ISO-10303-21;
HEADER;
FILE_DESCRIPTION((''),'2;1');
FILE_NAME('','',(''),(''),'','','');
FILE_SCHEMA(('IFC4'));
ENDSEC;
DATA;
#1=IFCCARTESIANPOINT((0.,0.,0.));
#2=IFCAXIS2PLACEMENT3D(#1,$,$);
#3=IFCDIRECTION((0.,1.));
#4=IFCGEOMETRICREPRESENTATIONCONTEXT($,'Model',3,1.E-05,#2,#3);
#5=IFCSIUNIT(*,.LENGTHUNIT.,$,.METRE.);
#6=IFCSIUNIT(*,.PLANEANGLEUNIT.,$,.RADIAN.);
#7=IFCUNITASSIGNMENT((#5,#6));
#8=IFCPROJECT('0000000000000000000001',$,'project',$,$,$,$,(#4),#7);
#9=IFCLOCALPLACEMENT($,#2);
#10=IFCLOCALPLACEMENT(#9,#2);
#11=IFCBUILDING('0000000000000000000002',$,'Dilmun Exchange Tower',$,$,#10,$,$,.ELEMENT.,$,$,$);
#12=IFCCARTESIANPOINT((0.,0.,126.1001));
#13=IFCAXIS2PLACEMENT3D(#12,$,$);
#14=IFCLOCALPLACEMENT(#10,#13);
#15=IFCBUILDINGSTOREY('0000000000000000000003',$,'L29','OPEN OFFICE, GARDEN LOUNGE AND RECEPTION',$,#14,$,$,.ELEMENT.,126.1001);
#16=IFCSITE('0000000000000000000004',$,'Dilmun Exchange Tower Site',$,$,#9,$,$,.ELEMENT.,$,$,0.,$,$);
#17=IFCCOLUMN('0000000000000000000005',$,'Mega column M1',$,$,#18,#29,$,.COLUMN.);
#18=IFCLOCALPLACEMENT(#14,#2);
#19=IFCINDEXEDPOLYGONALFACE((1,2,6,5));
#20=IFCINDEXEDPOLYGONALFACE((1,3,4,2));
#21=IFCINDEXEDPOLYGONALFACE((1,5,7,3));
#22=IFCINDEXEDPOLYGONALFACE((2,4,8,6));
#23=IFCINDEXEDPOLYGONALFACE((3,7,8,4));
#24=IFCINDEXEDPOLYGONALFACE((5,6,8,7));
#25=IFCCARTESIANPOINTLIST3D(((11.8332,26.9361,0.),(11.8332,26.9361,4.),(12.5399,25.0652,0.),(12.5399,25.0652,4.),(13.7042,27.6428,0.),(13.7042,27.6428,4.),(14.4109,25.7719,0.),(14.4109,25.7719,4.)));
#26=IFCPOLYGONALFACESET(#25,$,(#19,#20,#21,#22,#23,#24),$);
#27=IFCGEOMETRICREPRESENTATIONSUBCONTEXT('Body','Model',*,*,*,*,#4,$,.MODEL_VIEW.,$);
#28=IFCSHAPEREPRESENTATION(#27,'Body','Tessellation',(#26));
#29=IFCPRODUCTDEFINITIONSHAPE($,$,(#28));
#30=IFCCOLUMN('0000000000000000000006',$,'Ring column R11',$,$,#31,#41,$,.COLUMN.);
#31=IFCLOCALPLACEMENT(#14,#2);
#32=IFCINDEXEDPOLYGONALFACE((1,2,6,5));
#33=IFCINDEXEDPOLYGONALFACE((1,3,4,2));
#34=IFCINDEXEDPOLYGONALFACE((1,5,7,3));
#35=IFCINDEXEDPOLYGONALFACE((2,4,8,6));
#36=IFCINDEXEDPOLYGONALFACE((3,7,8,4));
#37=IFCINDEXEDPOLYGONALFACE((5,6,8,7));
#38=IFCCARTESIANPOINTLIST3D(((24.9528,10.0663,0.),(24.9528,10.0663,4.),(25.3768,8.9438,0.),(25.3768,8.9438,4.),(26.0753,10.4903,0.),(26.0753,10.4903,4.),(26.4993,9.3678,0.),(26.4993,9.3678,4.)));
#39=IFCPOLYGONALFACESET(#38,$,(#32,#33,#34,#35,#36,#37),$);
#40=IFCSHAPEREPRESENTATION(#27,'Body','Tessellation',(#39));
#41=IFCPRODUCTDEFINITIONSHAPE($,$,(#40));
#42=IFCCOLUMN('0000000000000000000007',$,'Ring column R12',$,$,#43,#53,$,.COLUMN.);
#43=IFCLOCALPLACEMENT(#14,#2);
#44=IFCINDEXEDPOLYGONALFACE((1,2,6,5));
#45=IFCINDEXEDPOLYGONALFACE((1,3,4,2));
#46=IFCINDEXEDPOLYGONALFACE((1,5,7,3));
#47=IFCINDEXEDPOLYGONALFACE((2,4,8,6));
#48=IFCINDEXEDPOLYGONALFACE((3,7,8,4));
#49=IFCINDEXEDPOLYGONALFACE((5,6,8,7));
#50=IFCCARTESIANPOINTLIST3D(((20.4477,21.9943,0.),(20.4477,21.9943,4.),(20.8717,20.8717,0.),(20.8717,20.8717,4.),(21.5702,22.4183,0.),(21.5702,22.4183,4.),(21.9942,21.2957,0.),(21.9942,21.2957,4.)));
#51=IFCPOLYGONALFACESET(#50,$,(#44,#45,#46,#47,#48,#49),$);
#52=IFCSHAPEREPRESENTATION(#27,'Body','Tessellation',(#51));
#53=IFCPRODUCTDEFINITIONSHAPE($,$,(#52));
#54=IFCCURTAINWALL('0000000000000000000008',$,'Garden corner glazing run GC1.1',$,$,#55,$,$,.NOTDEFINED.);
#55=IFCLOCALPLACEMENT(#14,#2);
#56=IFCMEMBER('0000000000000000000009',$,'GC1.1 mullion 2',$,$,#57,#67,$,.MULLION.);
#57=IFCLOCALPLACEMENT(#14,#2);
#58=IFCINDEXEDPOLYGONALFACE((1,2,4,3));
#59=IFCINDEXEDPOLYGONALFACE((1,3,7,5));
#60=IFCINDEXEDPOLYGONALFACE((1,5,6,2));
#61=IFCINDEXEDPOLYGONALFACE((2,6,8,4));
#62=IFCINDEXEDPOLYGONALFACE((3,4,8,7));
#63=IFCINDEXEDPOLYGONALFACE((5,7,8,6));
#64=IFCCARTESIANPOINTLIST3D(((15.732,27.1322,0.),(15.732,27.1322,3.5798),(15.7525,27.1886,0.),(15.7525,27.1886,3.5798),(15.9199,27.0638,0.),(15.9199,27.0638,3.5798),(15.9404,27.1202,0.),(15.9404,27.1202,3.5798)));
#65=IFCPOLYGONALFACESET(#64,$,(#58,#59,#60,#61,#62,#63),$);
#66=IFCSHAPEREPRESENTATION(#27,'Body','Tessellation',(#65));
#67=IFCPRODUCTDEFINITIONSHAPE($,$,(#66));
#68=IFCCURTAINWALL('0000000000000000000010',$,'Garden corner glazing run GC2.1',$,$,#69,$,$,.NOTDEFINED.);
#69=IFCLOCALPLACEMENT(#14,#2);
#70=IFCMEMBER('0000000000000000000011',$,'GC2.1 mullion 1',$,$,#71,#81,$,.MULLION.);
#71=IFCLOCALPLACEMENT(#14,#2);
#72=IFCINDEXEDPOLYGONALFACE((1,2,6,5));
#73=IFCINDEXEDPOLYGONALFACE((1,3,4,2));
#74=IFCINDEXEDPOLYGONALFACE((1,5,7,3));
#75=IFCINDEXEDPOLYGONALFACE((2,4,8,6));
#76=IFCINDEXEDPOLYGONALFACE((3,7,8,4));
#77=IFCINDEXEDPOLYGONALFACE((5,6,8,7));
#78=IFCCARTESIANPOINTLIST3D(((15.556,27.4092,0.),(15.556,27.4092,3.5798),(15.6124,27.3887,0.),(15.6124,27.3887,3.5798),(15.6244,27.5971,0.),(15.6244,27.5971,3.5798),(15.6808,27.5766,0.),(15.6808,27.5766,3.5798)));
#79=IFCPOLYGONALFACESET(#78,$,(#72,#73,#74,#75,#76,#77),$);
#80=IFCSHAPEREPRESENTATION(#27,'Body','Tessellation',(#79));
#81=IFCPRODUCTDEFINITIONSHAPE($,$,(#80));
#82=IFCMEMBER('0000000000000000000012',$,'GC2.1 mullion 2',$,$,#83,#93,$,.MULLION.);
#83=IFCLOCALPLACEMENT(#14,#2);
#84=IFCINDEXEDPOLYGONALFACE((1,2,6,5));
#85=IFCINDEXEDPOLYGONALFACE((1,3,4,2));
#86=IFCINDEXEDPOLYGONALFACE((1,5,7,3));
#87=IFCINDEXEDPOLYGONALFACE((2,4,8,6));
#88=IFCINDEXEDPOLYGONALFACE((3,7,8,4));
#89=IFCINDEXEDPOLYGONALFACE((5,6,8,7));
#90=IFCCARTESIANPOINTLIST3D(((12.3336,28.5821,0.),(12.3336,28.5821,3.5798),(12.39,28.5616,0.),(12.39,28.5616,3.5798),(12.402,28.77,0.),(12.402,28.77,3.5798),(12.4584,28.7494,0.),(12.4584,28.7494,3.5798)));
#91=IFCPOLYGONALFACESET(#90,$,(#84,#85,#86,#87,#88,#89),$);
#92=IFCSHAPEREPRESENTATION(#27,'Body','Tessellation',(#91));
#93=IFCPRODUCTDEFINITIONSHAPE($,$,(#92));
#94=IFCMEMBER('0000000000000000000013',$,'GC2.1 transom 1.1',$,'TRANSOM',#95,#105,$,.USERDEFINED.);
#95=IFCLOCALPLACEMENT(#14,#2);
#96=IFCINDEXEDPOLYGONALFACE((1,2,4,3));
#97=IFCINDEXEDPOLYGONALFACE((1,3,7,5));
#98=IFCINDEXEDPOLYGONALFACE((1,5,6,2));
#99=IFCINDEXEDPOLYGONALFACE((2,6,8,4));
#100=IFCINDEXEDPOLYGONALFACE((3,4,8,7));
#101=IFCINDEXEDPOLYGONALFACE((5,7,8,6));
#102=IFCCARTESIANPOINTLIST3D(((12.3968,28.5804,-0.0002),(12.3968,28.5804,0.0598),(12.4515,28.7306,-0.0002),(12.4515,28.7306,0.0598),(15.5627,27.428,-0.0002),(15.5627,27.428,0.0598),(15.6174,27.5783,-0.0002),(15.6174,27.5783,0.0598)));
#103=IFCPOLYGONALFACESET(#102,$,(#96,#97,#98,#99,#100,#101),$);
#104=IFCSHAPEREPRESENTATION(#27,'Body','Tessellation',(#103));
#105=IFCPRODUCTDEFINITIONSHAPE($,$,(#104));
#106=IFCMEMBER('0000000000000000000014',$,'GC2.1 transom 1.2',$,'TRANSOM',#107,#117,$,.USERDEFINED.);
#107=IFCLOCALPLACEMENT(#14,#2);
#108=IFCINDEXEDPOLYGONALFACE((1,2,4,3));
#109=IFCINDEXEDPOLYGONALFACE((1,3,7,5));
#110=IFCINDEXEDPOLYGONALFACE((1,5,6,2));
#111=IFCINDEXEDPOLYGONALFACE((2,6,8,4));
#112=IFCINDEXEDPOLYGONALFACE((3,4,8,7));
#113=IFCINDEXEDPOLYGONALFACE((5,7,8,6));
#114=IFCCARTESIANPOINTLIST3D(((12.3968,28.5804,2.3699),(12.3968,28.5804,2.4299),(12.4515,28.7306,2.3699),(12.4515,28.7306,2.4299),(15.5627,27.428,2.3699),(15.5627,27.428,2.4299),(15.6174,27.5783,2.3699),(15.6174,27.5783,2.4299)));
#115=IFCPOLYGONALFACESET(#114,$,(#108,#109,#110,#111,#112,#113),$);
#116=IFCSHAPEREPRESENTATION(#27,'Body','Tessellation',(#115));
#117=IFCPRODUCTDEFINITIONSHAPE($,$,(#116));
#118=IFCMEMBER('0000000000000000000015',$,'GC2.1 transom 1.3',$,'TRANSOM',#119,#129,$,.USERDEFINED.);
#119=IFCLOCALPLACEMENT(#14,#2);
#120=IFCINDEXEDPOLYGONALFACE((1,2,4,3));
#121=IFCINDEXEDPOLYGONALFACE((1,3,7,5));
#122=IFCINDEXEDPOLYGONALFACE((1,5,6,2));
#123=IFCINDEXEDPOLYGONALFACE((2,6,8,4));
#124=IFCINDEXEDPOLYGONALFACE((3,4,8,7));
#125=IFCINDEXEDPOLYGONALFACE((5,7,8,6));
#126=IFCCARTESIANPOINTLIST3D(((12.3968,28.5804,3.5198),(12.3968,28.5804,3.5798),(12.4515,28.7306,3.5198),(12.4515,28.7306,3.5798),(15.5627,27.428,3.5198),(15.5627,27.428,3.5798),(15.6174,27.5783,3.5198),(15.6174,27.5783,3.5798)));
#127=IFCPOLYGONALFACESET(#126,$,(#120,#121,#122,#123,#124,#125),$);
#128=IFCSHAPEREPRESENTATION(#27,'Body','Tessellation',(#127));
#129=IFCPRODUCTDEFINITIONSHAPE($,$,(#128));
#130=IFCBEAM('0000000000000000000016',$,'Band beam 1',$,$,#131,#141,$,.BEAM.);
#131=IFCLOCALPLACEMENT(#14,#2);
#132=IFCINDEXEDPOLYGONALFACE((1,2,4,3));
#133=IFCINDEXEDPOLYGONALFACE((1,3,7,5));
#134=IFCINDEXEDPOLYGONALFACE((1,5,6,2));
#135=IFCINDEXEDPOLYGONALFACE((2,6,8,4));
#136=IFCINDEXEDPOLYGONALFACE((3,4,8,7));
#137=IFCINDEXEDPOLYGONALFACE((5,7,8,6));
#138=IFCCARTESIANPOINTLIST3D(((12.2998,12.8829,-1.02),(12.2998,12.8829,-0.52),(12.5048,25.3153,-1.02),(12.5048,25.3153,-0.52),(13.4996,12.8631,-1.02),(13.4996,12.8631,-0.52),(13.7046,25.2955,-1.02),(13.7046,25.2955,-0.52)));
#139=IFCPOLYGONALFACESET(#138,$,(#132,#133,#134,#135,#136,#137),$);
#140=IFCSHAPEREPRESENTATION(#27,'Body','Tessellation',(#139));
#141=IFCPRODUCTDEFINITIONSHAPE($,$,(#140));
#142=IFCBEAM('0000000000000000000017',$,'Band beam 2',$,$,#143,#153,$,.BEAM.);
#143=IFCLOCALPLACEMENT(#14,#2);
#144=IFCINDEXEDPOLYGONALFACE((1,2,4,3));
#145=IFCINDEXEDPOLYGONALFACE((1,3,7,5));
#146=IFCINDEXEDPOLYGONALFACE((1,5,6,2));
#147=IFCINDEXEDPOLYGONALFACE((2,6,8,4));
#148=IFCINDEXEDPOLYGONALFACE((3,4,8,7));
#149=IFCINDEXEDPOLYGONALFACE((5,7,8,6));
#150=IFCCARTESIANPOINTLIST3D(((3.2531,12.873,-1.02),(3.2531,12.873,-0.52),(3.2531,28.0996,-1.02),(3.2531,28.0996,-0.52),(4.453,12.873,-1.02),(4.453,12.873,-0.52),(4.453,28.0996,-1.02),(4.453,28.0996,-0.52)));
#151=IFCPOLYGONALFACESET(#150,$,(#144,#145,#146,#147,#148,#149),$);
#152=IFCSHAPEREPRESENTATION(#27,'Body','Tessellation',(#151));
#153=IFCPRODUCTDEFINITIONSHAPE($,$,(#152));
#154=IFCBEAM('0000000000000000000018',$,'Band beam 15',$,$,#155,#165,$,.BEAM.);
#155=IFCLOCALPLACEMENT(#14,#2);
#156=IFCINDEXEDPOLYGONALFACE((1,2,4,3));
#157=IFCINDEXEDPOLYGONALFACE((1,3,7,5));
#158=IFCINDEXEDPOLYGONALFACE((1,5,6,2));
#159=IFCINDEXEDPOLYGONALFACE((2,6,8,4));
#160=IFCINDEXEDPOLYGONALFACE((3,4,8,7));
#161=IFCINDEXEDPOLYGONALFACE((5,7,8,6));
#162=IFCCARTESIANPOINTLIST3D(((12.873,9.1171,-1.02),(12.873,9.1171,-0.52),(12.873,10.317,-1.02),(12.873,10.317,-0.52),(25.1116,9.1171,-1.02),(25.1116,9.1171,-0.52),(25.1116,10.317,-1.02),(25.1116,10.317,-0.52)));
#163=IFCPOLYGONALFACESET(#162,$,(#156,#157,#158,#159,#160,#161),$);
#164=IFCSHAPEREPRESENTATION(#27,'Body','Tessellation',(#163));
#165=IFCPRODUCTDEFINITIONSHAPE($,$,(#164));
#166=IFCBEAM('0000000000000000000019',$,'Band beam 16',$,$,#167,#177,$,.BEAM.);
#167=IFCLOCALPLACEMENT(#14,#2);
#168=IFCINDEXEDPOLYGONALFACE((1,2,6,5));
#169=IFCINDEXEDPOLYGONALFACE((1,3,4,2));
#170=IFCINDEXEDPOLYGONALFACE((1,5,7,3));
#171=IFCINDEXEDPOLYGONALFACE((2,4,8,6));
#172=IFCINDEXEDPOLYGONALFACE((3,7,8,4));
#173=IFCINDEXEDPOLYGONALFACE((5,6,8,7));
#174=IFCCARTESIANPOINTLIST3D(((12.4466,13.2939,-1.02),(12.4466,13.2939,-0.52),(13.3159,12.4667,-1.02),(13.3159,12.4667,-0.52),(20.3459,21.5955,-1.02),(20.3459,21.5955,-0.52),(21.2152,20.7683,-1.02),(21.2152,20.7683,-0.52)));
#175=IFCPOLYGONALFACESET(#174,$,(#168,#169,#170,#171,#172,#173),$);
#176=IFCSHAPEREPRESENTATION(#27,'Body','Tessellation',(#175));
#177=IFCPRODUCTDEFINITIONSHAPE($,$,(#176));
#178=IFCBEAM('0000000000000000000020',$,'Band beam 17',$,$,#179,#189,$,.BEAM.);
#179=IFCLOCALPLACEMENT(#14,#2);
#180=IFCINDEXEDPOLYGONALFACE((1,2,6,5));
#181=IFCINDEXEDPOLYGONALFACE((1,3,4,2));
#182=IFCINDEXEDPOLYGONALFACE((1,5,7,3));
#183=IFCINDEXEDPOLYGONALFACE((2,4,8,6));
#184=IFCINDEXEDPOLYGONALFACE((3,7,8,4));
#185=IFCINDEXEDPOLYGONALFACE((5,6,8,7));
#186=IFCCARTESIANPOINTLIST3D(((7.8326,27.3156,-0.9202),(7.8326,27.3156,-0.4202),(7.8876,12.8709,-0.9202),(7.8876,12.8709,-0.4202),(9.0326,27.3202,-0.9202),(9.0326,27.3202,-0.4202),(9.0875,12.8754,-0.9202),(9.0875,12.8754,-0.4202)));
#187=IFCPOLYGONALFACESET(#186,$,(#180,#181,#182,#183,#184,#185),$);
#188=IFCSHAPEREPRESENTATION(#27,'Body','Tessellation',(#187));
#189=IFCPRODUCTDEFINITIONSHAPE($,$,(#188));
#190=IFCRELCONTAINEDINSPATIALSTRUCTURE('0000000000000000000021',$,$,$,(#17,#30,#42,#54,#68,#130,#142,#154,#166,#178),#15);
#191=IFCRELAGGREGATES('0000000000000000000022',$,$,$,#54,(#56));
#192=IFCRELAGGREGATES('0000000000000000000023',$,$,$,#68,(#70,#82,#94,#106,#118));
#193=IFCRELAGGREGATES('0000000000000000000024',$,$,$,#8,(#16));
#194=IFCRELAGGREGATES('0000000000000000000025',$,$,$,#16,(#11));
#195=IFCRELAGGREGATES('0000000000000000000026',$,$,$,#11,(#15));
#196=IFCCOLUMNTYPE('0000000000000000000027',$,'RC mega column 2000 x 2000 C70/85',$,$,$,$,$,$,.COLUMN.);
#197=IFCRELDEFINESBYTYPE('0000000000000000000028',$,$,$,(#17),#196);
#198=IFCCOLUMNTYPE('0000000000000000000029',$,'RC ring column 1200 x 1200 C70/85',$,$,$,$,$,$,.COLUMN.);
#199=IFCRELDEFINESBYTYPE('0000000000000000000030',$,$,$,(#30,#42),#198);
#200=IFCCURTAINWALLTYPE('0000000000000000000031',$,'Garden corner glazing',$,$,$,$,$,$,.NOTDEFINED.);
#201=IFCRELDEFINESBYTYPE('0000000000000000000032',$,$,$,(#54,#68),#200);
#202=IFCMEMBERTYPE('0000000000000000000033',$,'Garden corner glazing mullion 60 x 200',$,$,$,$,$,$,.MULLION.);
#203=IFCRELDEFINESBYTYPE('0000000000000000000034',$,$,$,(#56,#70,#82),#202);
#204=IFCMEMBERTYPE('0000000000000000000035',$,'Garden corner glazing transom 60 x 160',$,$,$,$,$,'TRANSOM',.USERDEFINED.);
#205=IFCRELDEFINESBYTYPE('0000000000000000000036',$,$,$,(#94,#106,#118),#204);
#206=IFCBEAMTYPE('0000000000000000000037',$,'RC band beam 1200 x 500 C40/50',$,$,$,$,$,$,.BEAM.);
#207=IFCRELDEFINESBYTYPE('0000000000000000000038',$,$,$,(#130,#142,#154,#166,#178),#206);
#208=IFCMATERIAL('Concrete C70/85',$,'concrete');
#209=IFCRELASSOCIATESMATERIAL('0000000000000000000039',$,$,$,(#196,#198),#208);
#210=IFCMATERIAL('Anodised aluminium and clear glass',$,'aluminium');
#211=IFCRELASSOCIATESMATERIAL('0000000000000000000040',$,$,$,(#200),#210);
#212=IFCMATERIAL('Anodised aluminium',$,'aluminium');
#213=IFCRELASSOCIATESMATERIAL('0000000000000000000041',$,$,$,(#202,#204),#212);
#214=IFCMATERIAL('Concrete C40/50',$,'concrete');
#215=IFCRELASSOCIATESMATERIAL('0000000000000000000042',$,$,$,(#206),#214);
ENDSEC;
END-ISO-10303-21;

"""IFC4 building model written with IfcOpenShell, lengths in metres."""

from ifc_helpers import new_model, si_unit, direction, frame, origin, origin_2d, place, context, subcontext, project, spatial, rectangle, extrude, material, material_profile, profile_set, type_object, element, aggregate, save


model = new_model("IFC4")

# Units and contexts
model_context = context("Model", 3, precision=1e-05, world=origin(), true_north=direction((0.0, 1.0)))
body_context = subcontext(model_context, "Body", "Model", "MODEL_VIEW")
ifc_project = project(units=[si_unit("LENGTHUNIT", "METRE"), si_unit("PLANEANGLEUNIT", "RADIAN")], contexts=[model_context])

# Site, building, storey
site_placement = place(None, origin())
site = spatial("IfcSite", under=ifc_project, at=site_placement, Name="Dilmun Exchange Tower Site", CompositionType="ELEMENT", RefElevation=0.0)
building_placement = place(site_placement, origin())
building = spatial("IfcBuilding", under=site, at=building_placement, Name="Dilmun Exchange Tower", CompositionType="ELEMENT")
storey_placement = place(building_placement, frame((0.0, 0.0, 126.1001)))
storey = spatial("IfcBuildingStorey", under=building, at=storey_placement, Name="L29", Description="OPEN OFFICE, GARDEN LOUNGE AND RECEPTION", CompositionType="ELEMENT", Elevation=126.1001)

# Columns
ifc_material_1 = material(Name="Concrete C70/85", Category="concrete")
ifc_material_profile_1 = material_profile(ifc_material_1, rectangle(XDim=2.0, YDim=2.0, at=origin_2d()), Name="2000 x 2000")
ifc_profile_set_1 = profile_set([ifc_material_profile_1], Name="Concrete C70/85")
column_type_1 = type_object("IfcColumnType", Name="RC mega column 2000 x 2000 C70/85", PredefinedType="COLUMN", material=ifc_profile_set_1)
column_placement = place(storey_placement, frame((13.1221, 26.354, 0.0), z_axis=(0.0, 0.0, 1.0), x_axis=(0.935492, 0.353349, 0.0)))
element("IfcColumn", 1, at=column_placement, inside=storey, type_object=column_type_1, Name="Mega column M1", PredefinedType="COLUMN", context=body_context, shape_type="SweptSolid", body=[
    extrude(rectangle(XDim=2.0, YDim=2.0, at=origin_2d()), origin(), (0.0, 0.0, 1.0), 4.0),
])
ifc_material_profile_2 = material_profile(ifc_material_1, rectangle(XDim=1.2, YDim=1.2, at=origin_2d()), Name="1200 x 1200")
ifc_profile_set_2 = profile_set([ifc_material_profile_2], Name="Concrete C70/85")
column_type_2 = type_object("IfcColumnType", Name="RC ring column 1200 x 1200 C70/85", PredefinedType="COLUMN", material=ifc_profile_set_2)
for number, where, z_axis, x_axis, name in (
    (2, (25.7261, 9.717, 0.0), (0.0, 0.0, 1.0), (0.935492, 0.353349, 0.0), "Ring column R11"),
    (3, (21.2209, 21.645, 0.0), (0.0, 0.0, 1.0), (0.935492, 0.353349, 0.0), "Ring column R12"),
):
    element("IfcColumn", number, at=place(storey_placement, frame(where, z_axis=z_axis, x_axis=x_axis)), inside=storey, type_object=column_type_2, Name=name, PredefinedType="COLUMN", context=body_context, shape_type="SweptSolid", body=[
        extrude(rectangle(XDim=1.2, YDim=1.2, at=origin_2d()), origin(), (0.0, 0.0, 1.0), 4.0),
    ])

# Curtain wall, member
ifc_material_2 = material(Name="Anodised aluminium and clear glass", Category="aluminium")
curtain_wall_type = type_object("IfcCurtainWallType", Name="Garden corner glazing", PredefinedType="NOTDEFINED", material=ifc_material_2)
curtain_wall_1_placement = place(storey_placement, origin())
curtain_wall_1 = element("IfcCurtainWall", 4, at=curtain_wall_1_placement, inside=storey, type_object=curtain_wall_type, Name="Garden corner glazing run GC1.1", PredefinedType="NOTDEFINED")
ifc_material_3 = material(Name="Anodised aluminium", Category="aluminium")
ifc_material_profile_3 = material_profile(ifc_material_3, rectangle(XDim=0.2, YDim=0.0601, at=origin_2d()), Name="AL 60x200")
ifc_profile_set_3 = profile_set([ifc_material_profile_3], Name="Anodised aluminium")
member_type_1 = type_object("IfcMemberType", Name="Garden corner glazing mullion 60 x 200", PredefinedType="MULLION", material=ifc_profile_set_3)
member_1_placement = place(storey_placement, frame((15.8362, 27.1262, 0.0), z_axis=(0.0, 0.0, 1.0), x_axis=(0.939694, -0.342016, 0.0)))
member_1 = element("IfcMember", 5, at=member_1_placement, type_object=member_type_1, Name="GC1.1 mullion 2", PredefinedType="MULLION", context=body_context, shape_type="SweptSolid", body=[
    extrude(rectangle(XDim=0.2, YDim=0.0601, at=origin_2d()), origin(), (0.0, 0.0, 1.0), 3.5798),
])
aggregate(curtain_wall_1, [member_1])

# Curtain wall, members
curtain_wall_2_placement = place(storey_placement, origin())
curtain_wall_2 = element("IfcCurtainWall", 6, at=curtain_wall_2_placement, inside=storey, type_object=curtain_wall_type, Name="Garden corner glazing run GC2.1", PredefinedType="NOTDEFINED")
member_2_placement = place(storey_placement, frame((15.6184, 27.4929, 0.0), z_axis=(0.0, 0.0, 1.0), x_axis=(-0.342033, -0.939688, 0.0)))
member_2 = element("IfcMember", 7, at=member_2_placement, type_object=member_type_1, Name="GC2.1 mullion 1", PredefinedType="MULLION", context=body_context, shape_type="SweptSolid", body=[
    extrude(rectangle(XDim=0.2, YDim=0.0601, at=origin_2d()), origin(), (0.0, 0.0, 1.0), 3.5798),
])
member_3_placement = place(storey_placement, frame((12.396, 28.6658, 0.0), z_axis=(0.0, 0.0, 1.0), x_axis=(-0.342033, -0.939688, 0.0)))
member_3 = element("IfcMember", 8, at=member_3_placement, type_object=member_type_1, Name="GC2.1 mullion 2", PredefinedType="MULLION", context=body_context, shape_type="SweptSolid", body=[
    extrude(rectangle(XDim=0.2, YDim=0.0601, at=origin_2d()), origin(), (0.0, 0.0, 1.0), 3.5798),
])
ifc_material_profile_4 = material_profile(ifc_material_3, rectangle(XDim=0.1599, YDim=0.0601, at=origin_2d()), Name="AL 60x160")
ifc_profile_set_4 = profile_set([ifc_material_profile_4], Name="Anodised aluminium")
member_type_2 = type_object("IfcMemberType", Name="Garden corner glazing transom 60 x 160", ElementType="TRANSOM", PredefinedType="USERDEFINED", material=ifc_profile_set_4)
member_4_placement = place(storey_placement, frame((15.5901, 27.5032, 0.0298), z_axis=(-0.939692, 0.342022, 0.0), x_axis=(-0.342022, -0.939692, 0.0)))
member_4 = element("IfcMember", 9, at=member_4_placement, type_object=member_type_2, Name="GC2.1 transom 1.1", ObjectType="TRANSOM", PredefinedType="USERDEFINED", context=body_context, shape_type="SweptSolid", body=[
    extrude(rectangle(XDim=0.1599, YDim=0.0601, at=origin_2d()), origin(), (0.0, 0.0, 1.0), 3.3691),
])
member_5_placement = place(storey_placement, frame((15.5901, 27.5032, 2.3999), z_axis=(-0.939692, 0.342022, 0.0), x_axis=(-0.342022, -0.939692, 0.0)))
member_5 = element("IfcMember", 10, at=member_5_placement, type_object=member_type_2, Name="GC2.1 transom 1.2", ObjectType="TRANSOM", PredefinedType="USERDEFINED", context=body_context, shape_type="SweptSolid", body=[
    extrude(rectangle(XDim=0.1599, YDim=0.0601, at=origin_2d()), origin(), (0.0, 0.0, 1.0), 3.3691),
])
member_6_placement = place(storey_placement, frame((15.5901, 27.5032, 3.5498), z_axis=(-0.939692, 0.342022, 0.0), x_axis=(-0.342022, -0.939692, 0.0)))
member_6 = element("IfcMember", 11, at=member_6_placement, type_object=member_type_2, Name="GC2.1 transom 1.3", ObjectType="TRANSOM", PredefinedType="USERDEFINED", context=body_context, shape_type="SweptSolid", body=[
    extrude(rectangle(XDim=0.1599, YDim=0.0601, at=origin_2d()), origin(), (0.0, 0.0, 1.0), 3.3691),
])

# Beams
ifc_material_4 = material(Name="Concrete C40/50", Category="concrete")
ifc_material_profile_5 = material_profile(ifc_material_4, rectangle(XDim=1.2, YDim=0.5, at=origin_2d()), Name="1200 x 500")
ifc_profile_set_5 = profile_set([ifc_material_profile_5], Name="Concrete C40/50")
beam_type_1 = type_object("IfcBeamType", Name="RC band beam 1200 x 500 C40/50", PredefinedType="BEAM", material=ifc_profile_set_5)
beam_1_placement = place(storey_placement, frame((13.1047, 25.3054, -0.77), z_axis=(-0.016493, -0.999864, 0.0), x_axis=(0.999864, -0.016493, 0.0)))
element("IfcBeam", 12, at=beam_1_placement, inside=storey, type_object=beam_type_1, Name="Band beam 1", PredefinedType="BEAM", context=body_context, shape_type="SweptSolid", body=[
    extrude(rectangle(XDim=1.2, YDim=0.5, at=origin_2d()), origin(), (0.0, 0.0, 1.0), 12.4341),
])
beam_2_placement = place(storey_placement, frame((3.853, 28.0996, -0.77), z_axis=(0.0, -1.0, 0.0), x_axis=(1.0, 0.0, 0.0)))
element("IfcBeam", 13, at=beam_2_placement, inside=storey, type_object=beam_type_1, Name="Band beam 2", PredefinedType="BEAM", context=body_context, shape_type="SweptSolid", body=[
    extrude(rectangle(XDim=1.2, YDim=0.5, at=origin_2d()), origin(), (0.0, 0.0, 1.0), 15.2266),
])
beam_3_placement = place(storey_placement, frame((25.1116, 9.717, -0.77), z_axis=(-1.0, 0.0, 0.0), x_axis=(0.0, -1.0, 0.0)))
element("IfcBeam", 14, at=beam_3_placement, inside=storey, type_object=beam_type_1, Name="Band beam 15", PredefinedType="BEAM", context=body_context, shape_type="SweptSolid", body=[
    extrude(rectangle(XDim=1.2, YDim=0.5, at=origin_2d()), origin(), (0.0, 0.0, 1.0), 12.2385),
])
beam_4_placement = place(storey_placement, frame((20.7805, 21.1819, -0.77), z_axis=(-0.689333, -0.724444, 0.0), x_axis=(0.724444, -0.689333, 0.0)))
element("IfcBeam", 15, at=beam_4_placement, inside=storey, type_object=beam_type_1, Name="Band beam 16", PredefinedType="BEAM", context=body_context, shape_type="SweptSolid", body=[
    extrude(rectangle(XDim=1.2, YDim=0.5, at=origin_2d()), origin(), (0.0, 0.0, 1.0), 11.4592),
])
beam_5_placement = place(storey_placement, frame((8.4326, 27.3179, -0.6702), z_axis=(0.003803, -0.999993, 0.0), x_axis=(0.999993, 0.003803, 0.0)))
element("IfcBeam", 16, at=beam_5_placement, inside=storey, type_object=beam_type_1, Name="Band beam 17", PredefinedType="BEAM", context=body_context, shape_type="SweptSolid", body=[
    extrude(rectangle(XDim=1.2, YDim=0.5, at=origin_2d()), origin(), (0.0, 0.0, 1.0), 14.4448),
])

aggregate(curtain_wall_2, [member_2, member_3, member_4, member_5, member_6])

save(model, "model.ifc")
